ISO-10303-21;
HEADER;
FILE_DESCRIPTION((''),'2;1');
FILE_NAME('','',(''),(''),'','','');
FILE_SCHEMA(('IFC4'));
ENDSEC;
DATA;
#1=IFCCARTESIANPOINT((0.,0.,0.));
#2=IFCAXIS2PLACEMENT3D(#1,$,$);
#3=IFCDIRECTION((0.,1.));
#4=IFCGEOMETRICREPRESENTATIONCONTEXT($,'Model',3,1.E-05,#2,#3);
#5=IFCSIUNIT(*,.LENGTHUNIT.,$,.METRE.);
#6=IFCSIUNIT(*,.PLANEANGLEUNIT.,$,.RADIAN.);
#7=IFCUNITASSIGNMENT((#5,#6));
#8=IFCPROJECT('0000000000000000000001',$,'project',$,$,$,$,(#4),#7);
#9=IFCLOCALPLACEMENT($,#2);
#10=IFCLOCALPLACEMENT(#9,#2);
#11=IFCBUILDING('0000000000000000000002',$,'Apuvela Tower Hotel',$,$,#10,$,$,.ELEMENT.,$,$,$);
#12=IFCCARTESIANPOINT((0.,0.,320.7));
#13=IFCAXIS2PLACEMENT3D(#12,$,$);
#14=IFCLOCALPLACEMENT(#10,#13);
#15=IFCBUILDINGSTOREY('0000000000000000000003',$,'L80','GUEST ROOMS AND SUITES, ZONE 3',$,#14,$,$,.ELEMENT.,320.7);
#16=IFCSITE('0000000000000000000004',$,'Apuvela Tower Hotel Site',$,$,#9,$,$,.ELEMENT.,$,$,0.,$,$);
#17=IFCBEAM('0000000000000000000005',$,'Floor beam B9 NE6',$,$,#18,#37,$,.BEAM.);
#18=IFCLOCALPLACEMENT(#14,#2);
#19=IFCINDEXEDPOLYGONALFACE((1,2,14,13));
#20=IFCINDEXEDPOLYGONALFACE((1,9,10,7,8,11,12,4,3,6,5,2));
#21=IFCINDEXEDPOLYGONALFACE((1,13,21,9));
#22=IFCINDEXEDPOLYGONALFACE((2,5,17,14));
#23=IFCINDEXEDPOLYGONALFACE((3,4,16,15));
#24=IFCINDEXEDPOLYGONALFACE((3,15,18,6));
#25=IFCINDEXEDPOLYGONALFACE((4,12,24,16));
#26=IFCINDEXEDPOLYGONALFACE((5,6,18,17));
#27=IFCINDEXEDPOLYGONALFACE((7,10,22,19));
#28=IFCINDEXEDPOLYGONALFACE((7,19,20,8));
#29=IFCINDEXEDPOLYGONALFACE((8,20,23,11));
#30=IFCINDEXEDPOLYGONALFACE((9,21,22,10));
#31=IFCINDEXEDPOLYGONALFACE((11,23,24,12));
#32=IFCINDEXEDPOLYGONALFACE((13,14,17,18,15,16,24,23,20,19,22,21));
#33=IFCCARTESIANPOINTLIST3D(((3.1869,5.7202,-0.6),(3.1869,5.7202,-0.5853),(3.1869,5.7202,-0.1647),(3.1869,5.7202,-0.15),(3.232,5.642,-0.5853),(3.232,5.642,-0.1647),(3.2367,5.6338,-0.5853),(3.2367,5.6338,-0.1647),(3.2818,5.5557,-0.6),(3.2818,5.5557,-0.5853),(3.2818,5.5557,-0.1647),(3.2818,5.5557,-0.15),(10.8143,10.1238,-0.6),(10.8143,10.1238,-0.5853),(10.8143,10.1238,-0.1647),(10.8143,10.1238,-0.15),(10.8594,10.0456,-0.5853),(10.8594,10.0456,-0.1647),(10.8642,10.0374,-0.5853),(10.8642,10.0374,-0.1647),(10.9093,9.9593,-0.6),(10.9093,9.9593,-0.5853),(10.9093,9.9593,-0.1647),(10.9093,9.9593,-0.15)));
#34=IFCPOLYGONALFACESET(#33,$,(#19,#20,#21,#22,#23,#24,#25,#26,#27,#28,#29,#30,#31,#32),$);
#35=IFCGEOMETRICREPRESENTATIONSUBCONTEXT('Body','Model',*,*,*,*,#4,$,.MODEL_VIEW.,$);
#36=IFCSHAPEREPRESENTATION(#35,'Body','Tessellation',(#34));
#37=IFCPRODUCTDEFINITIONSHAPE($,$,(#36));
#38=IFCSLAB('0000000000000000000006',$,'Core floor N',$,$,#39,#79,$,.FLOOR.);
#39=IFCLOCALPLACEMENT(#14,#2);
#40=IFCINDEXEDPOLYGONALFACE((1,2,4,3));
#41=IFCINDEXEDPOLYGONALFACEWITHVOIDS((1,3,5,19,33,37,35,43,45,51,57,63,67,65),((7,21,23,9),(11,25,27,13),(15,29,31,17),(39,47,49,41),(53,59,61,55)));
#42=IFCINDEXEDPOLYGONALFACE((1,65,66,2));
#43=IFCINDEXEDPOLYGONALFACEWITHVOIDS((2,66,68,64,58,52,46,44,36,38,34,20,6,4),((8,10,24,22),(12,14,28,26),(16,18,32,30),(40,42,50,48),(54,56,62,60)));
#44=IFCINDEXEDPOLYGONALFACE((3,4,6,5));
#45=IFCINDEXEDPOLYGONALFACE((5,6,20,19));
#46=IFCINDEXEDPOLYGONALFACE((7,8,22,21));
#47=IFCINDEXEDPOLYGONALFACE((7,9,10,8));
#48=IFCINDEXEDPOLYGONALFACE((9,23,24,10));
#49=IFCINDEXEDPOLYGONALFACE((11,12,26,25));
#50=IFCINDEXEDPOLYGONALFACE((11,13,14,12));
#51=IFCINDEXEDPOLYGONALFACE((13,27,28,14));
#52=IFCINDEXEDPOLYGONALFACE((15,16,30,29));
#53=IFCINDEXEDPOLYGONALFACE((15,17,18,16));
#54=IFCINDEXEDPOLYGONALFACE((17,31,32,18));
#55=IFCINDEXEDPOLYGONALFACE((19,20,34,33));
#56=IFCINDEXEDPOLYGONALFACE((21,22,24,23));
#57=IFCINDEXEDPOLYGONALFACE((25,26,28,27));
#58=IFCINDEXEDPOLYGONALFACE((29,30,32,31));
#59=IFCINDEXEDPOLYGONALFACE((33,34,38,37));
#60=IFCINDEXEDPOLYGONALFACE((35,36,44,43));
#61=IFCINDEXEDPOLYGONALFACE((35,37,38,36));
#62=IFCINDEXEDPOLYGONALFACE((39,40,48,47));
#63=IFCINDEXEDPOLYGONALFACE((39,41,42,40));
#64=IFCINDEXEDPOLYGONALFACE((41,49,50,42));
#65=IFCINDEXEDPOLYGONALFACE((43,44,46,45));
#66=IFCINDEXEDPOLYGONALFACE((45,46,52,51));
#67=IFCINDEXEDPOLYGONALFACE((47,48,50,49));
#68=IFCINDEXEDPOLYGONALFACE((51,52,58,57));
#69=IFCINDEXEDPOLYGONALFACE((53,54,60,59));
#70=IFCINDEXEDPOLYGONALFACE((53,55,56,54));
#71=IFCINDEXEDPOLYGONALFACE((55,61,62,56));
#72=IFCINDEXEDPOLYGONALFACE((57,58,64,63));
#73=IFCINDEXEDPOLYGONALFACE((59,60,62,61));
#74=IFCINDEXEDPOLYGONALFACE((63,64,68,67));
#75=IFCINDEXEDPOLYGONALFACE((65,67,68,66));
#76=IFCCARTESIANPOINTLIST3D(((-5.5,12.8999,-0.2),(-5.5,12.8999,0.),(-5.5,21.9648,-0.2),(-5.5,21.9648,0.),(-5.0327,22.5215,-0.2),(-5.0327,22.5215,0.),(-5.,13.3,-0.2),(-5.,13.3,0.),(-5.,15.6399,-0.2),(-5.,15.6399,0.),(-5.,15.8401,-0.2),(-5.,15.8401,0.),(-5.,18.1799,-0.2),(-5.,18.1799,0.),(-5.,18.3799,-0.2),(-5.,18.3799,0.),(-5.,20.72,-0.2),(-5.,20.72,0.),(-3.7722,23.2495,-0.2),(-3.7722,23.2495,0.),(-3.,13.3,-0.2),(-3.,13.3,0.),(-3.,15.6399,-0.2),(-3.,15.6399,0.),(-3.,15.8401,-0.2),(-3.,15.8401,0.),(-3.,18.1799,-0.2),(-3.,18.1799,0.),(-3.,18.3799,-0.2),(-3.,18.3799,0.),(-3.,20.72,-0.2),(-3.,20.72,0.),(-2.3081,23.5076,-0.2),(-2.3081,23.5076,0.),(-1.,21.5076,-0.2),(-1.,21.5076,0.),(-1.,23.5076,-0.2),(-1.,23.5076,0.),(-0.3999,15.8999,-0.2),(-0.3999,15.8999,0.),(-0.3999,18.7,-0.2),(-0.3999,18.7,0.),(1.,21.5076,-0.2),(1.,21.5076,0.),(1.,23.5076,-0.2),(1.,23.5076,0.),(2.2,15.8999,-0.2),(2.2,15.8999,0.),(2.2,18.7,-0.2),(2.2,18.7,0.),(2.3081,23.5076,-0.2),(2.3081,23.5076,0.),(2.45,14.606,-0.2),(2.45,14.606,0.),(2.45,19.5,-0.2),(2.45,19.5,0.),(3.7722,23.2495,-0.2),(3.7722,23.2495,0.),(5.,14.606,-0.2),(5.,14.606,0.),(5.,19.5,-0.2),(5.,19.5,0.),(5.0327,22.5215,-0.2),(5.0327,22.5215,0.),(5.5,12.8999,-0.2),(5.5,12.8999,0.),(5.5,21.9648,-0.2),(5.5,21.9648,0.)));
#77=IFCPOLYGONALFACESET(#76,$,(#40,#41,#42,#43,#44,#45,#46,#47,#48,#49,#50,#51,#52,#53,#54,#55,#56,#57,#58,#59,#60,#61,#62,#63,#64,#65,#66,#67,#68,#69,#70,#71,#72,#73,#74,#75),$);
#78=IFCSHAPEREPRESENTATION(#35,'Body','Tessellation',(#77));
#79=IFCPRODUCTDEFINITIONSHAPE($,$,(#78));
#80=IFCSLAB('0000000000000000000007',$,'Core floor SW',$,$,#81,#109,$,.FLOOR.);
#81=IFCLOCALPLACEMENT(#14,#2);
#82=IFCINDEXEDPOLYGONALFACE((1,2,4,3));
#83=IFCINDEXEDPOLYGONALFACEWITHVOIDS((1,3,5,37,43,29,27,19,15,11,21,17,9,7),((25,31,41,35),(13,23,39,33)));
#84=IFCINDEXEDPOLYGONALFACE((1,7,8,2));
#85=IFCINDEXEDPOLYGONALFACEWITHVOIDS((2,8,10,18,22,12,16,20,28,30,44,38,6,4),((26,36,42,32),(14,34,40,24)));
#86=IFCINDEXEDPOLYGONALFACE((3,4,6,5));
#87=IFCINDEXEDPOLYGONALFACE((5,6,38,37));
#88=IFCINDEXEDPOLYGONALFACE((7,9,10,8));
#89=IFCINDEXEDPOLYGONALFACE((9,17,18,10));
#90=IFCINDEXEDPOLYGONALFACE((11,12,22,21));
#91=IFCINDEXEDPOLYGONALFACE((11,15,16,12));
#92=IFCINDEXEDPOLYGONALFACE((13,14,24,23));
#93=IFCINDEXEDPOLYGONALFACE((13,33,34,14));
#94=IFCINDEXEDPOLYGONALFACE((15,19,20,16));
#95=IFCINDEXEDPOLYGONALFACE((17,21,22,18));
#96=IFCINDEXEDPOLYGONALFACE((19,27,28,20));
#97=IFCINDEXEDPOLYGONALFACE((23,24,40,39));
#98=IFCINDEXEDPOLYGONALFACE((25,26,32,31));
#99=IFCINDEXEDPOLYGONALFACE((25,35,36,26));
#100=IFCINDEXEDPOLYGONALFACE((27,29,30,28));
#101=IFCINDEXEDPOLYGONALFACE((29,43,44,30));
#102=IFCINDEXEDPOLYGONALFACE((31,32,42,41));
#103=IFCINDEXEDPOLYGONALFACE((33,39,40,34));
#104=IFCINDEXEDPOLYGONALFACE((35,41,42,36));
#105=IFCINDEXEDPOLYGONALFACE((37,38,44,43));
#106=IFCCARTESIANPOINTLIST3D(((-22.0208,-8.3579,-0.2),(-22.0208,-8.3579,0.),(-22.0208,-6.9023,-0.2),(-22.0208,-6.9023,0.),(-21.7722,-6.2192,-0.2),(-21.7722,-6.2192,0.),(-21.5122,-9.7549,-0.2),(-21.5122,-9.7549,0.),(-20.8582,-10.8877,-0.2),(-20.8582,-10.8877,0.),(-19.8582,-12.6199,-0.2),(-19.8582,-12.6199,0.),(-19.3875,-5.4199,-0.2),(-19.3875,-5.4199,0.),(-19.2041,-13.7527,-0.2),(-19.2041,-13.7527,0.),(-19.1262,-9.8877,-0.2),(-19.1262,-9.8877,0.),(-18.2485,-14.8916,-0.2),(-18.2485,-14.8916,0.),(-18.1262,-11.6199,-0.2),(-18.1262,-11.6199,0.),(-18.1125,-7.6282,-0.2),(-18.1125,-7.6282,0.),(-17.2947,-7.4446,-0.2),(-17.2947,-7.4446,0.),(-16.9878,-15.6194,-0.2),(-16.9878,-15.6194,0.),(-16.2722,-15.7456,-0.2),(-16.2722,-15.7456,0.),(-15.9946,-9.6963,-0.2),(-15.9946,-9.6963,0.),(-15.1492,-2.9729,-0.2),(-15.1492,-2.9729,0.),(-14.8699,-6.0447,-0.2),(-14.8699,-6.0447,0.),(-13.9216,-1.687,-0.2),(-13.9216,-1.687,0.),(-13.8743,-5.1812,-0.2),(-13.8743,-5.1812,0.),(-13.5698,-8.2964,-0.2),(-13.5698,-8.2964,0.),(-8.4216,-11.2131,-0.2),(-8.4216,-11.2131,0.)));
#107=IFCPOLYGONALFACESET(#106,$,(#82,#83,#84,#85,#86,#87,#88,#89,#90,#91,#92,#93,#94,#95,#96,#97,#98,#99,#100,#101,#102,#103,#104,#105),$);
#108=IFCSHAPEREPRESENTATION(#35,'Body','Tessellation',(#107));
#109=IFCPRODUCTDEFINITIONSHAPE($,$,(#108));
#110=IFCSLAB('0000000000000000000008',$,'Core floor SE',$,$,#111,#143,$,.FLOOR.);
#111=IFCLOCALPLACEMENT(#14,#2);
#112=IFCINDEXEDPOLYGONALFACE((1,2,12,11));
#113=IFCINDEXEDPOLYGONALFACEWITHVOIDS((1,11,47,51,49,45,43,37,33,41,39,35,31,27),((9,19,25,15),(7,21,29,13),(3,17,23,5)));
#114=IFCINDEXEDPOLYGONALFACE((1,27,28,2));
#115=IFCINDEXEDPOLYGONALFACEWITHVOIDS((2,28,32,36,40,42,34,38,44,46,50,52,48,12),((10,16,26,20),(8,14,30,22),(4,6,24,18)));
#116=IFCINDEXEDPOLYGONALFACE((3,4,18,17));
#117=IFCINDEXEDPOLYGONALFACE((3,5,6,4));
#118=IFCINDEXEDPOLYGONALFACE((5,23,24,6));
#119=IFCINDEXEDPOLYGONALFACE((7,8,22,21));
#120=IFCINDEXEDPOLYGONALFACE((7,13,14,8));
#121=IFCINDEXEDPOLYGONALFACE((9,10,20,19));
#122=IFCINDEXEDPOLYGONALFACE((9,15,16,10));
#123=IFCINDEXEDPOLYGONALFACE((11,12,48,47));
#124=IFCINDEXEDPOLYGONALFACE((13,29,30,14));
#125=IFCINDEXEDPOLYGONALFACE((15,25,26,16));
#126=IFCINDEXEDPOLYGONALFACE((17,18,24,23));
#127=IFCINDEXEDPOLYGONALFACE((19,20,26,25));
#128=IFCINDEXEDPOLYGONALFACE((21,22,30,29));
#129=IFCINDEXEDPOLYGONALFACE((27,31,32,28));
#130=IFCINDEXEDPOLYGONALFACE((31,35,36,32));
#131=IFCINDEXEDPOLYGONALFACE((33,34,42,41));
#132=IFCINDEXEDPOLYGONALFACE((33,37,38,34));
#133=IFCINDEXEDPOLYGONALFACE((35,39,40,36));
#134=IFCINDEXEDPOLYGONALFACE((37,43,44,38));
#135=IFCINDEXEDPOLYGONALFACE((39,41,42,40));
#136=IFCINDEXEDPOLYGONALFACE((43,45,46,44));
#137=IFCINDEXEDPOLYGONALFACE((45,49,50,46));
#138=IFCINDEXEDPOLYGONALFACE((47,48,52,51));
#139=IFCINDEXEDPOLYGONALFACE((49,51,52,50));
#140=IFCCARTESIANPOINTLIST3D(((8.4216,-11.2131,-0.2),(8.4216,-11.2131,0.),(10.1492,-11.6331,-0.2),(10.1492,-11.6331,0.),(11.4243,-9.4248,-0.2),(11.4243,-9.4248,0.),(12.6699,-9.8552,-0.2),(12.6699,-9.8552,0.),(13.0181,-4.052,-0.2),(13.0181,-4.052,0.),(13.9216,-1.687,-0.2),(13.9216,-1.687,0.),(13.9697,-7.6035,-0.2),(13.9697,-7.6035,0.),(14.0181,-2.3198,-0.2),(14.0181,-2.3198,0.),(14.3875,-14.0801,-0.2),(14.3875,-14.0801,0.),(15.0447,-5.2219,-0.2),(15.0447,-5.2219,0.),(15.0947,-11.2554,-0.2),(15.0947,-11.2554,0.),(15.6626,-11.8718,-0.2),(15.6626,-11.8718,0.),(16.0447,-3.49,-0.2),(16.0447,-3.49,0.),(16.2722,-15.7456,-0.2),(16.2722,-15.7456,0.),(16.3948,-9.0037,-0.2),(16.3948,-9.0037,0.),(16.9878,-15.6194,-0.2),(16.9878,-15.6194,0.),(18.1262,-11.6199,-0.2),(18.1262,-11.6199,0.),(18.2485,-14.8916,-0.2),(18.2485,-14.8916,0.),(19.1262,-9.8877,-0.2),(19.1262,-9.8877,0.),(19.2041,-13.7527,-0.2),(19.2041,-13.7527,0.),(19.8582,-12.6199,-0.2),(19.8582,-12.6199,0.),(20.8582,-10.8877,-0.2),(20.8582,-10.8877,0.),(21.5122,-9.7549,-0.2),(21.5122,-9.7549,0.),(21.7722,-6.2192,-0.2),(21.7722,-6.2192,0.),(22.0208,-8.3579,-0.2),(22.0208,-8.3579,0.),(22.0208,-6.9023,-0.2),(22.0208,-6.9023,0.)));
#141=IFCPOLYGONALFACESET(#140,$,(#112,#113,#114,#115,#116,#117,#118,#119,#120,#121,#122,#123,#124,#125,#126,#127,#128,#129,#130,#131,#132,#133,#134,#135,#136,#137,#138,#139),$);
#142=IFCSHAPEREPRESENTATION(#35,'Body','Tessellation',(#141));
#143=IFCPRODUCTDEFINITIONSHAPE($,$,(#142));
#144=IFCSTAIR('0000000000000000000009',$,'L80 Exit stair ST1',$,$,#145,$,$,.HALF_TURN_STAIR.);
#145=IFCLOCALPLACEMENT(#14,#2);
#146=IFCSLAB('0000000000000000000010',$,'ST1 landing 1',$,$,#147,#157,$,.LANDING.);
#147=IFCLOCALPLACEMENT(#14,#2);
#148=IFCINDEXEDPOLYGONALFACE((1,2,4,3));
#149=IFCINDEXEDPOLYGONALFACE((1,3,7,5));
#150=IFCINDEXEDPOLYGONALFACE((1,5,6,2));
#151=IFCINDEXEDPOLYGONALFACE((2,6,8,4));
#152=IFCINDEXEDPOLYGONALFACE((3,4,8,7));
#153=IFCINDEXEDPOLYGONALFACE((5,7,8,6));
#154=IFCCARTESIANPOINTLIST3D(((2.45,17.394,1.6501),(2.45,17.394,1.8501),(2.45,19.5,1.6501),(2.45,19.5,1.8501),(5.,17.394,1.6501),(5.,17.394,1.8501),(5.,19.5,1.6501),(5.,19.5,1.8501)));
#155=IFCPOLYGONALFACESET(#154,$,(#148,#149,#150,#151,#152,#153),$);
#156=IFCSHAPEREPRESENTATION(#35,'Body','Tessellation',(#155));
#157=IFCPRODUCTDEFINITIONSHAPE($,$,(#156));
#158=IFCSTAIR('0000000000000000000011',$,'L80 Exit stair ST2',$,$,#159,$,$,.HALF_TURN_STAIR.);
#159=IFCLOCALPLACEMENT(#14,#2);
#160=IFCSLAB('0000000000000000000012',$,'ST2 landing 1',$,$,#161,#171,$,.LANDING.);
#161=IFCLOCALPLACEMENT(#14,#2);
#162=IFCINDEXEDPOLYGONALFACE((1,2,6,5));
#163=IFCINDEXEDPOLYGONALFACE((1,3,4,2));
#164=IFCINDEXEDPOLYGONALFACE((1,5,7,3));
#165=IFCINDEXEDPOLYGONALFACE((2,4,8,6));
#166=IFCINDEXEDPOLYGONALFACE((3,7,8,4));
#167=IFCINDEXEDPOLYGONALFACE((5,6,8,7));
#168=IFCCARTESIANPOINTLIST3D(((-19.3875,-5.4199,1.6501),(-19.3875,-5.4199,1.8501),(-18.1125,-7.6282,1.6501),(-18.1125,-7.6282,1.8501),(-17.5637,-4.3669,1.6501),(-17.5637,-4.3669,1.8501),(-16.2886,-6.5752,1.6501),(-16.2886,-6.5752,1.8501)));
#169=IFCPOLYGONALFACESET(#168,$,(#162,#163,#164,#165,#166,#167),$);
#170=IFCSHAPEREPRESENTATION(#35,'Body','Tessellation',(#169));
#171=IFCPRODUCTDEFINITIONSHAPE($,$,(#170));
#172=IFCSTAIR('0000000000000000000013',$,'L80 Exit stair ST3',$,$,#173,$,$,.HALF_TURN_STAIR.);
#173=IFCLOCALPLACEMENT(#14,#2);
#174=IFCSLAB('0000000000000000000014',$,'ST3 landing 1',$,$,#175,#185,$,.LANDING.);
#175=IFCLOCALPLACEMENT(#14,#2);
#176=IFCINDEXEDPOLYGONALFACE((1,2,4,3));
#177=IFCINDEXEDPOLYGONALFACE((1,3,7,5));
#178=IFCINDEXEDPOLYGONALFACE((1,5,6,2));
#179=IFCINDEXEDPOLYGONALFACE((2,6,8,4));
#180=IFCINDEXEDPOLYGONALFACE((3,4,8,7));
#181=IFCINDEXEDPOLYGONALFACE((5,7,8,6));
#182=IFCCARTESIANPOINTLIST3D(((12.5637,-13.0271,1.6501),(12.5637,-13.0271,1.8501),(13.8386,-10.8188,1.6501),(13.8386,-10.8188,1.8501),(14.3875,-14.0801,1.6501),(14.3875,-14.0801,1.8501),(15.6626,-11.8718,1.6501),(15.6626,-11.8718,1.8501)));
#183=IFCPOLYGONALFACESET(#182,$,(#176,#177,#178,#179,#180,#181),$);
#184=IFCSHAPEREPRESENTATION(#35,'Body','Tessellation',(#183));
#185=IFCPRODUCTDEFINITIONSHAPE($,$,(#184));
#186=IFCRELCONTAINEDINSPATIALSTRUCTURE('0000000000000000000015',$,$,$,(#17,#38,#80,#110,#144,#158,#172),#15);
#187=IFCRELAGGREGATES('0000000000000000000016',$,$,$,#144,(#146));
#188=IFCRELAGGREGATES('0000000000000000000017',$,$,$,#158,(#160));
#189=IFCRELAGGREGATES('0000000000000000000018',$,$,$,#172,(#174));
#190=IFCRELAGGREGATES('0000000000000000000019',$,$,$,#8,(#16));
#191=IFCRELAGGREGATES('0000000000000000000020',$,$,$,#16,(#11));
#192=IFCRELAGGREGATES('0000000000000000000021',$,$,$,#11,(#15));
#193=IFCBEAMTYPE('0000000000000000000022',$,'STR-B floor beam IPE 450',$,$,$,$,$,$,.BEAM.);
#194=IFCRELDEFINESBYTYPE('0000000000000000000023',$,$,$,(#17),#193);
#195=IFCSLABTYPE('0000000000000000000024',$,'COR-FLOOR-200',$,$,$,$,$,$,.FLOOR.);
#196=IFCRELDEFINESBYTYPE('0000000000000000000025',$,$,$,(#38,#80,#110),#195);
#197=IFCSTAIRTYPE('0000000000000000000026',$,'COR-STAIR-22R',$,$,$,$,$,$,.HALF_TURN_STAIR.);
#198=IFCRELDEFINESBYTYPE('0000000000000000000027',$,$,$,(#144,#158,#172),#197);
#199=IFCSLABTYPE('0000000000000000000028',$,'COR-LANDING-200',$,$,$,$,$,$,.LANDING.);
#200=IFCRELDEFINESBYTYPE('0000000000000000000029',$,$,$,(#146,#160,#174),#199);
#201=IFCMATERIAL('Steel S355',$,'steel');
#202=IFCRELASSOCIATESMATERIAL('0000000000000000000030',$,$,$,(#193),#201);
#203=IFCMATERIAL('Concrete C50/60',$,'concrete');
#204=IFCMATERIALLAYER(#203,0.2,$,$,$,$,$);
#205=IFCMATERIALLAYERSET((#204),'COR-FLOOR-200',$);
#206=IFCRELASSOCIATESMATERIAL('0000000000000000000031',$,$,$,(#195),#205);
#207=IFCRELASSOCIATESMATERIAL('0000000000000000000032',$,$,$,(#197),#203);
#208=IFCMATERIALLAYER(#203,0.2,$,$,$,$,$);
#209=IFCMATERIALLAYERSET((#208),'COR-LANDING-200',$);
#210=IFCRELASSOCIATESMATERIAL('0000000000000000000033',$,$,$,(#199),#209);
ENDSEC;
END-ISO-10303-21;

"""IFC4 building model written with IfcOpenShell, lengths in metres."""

from ifc_helpers import new_model, si_unit, direction, frame, origin, origin_2d, place, context, subcontext, project, spatial, polyline, i_section, outline, extrude, material, layer, layer_set, material_profile, profile_set, type_object, element, aggregate, save


model = new_model("IFC4")

# Units and contexts
model_context = context("Model", 3, precision=1e-05, world=origin(), true_north=direction((0.0, 1.0)))
body_context = subcontext(model_context, "Body", "Model", "MODEL_VIEW")
ifc_project = project(units=[si_unit("LENGTHUNIT", "METRE"), si_unit("PLANEANGLEUNIT", "RADIAN")], contexts=[model_context])

# Site, building, storey
site_placement = place(None, origin())
site = spatial("IfcSite", under=ifc_project, at=site_placement, Name="Apuvela Tower Hotel Site", CompositionType="ELEMENT", RefElevation=0.0)
building_placement = place(site_placement, origin())
building = spatial("IfcBuilding", under=site, at=building_placement, Name="Apuvela Tower Hotel", CompositionType="ELEMENT")
storey_placement = place(building_placement, frame((0.0, 0.0, 320.7)))
storey = spatial("IfcBuildingStorey", under=building, at=storey_placement, Name="L80", Description="GUEST ROOMS AND SUITES, ZONE 3", CompositionType="ELEMENT", Elevation=320.7)

# Beam
ifc_material_1 = material(Name="Steel S355", Category="steel")
ifc_material_profile = material_profile(ifc_material_1, i_section(OverallWidth=0.1899, OverallDepth=0.45, WebThickness=0.0095, FlangeThickness=0.0146, at=origin_2d()), Name="IPE 450")
ifc_profile_set = profile_set([ifc_material_profile], Name="Steel S355")
beam_type = type_object("IfcBeamType", Name="STR-B floor beam IPE 450", PredefinedType="BEAM", material=ifc_profile_set)
beam_placement = place(storey_placement, frame((10.8618, 10.0415, -0.375), z_axis=(-0.866032, -0.499988, 0.0), x_axis=(0.499988, -0.866032, 0.0)))
element("IfcBeam", 1, at=beam_placement, inside=storey, type_object=beam_type, Name="Floor beam B9 NE6", PredefinedType="BEAM", context=body_context, shape_type="SweptSolid", body=[
    extrude(i_section(OverallWidth=0.1899, OverallDepth=0.45, WebThickness=0.0095, FlangeThickness=0.0146, at=origin_2d()), origin(), (0.0, 0.0, 1.0), 8.8074),
])

# Slabs
ifc_material_2 = material(Name="Concrete C50/60", Category="concrete")
ifc_layer_1 = layer(ifc_material_2, 0.2)
ifc_layer_set_1 = layer_set([ifc_layer_1], Name="COR-FLOOR-200")
slab_type_1 = type_object("IfcSlabType", Name="COR-FLOOR-200", PredefinedType="FLOOR", material=ifc_layer_set_1)
slab_1_placement = place(storey_placement, frame((0.0, 0.0, -0.2)))
element("IfcSlab", 2, at=slab_1_placement, inside=storey, type_object=slab_type_1, Name="Core floor N", PredefinedType="FLOOR", context=body_context, shape_type="SweptSolid", body=[
    extrude(outline(polyline([(5.0327, 22.5215), (3.7722, 23.2495), (2.3081, 23.5076), (1.0, 23.5076), (1.0, 21.5076), (-1.0, 21.5076), (-1.0, 23.5076), (-2.3081, 23.5076), (-3.7722, 23.2495), (-5.0327, 22.5215), (-5.5, 21.9648), (-5.5, 12.8999), (5.5, 12.8999), (5.5, 21.9648), (5.0327, 22.5215)]), holes=[polyline([(-3.0, 13.3), (-5.0, 13.3), (-5.0, 15.6399), (-3.0, 15.6399), (-3.0, 13.3)]), polyline([(-3.0, 15.8401), (-5.0, 15.8401), (-5.0, 18.1799), (-3.0, 18.1799), (-3.0, 15.8401)]), polyline([(5.0, 14.606), (2.45, 14.606), (2.45, 19.5), (5.0, 19.5), (5.0, 14.606)]), polyline([(2.2, 18.7), (2.2, 15.8999), (-0.3999, 15.8999), (-0.3999, 18.7), (2.2, 18.7)]), polyline([(-3.0, 20.72), (-3.0, 18.3799), (-5.0, 18.3799), (-5.0, 20.72), (-3.0, 20.72)])]), origin(), (0.0, 0.0, 1.0), 0.2),
])
slab_2_placement = place(storey_placement, frame((0.0, 0.0, -0.2)))
element("IfcSlab", 3, at=slab_2_placement, inside=storey, type_object=slab_type_1, Name="Core floor SW", PredefinedType="FLOOR", context=body_context, shape_type="SweptSolid", body=[
    extrude(outline(polyline([(-22.0208, -6.9023), (-22.0208, -8.3579), (-21.5122, -9.7549), (-20.8582, -10.8877), (-19.1262, -9.8877), (-18.1262, -11.6199), (-19.8582, -12.6199), (-19.2041, -13.7527), (-18.2485, -14.8916), (-16.9878, -15.6194), (-16.2722, -15.7456), (-8.4216, -11.2131), (-13.9216, -1.687), (-21.7722, -6.2192), (-22.0208, -6.9023)]), holes=[polyline([(-13.8743, -5.1812), (-18.1125, -7.6282), (-19.3875, -5.4199), (-15.1492, -2.9729), (-13.8743, -5.1812)]), polyline([(-13.5698, -8.2964), (-15.9946, -9.6963), (-17.2947, -7.4446), (-14.8699, -6.0447), (-13.5698, -8.2964)])]), origin(), (0.0, 0.0, 1.0), 0.2),
])
slab_3_placement = place(storey_placement, frame((0.0, 0.0, -0.2)))
element("IfcSlab", 4, at=slab_3_placement, inside=storey, type_object=slab_type_1, Name="Core floor SE", PredefinedType="FLOOR", context=body_context, shape_type="SweptSolid", body=[
    extrude(outline(polyline([(16.9878, -15.6194), (18.2485, -14.8916), (19.2041, -13.7527), (19.8582, -12.6199), (18.1262, -11.6199), (19.1262, -9.8877), (20.8582, -10.8877), (21.5122, -9.7549), (22.0208, -8.3579), (22.0208, -6.9023), (21.7722, -6.2192), (13.9216, -1.687), (8.4216, -11.2131), (16.2722, -15.7456), (16.9878, -15.6194)]), holes=[polyline([(14.0181, -2.3198), (16.0447, -3.49), (15.0447, -5.2219), (13.0181, -4.052), (14.0181, -2.3198)]), polyline([(10.1492, -11.6331), (11.4243, -9.4248), (15.6626, -11.8718), (14.3875, -14.0801), (10.1492, -11.6331)]), polyline([(12.6699, -9.8552), (13.9697, -7.6035), (16.3948, -9.0037), (15.0947, -11.2554), (12.6699, -9.8552)])]), origin(), (0.0, 0.0, 1.0), 0.2),
])

# Stairs, slabs
stair_type = type_object("IfcStairType", Name="COR-STAIR-22R", PredefinedType="HALF_TURN_STAIR", material=ifc_material_2)
stair_1_placement = place(storey_placement, origin())
stair_1 = element("IfcStair", 5, at=stair_1_placement, inside=storey, type_object=stair_type, Name="L80 Exit stair ST1", PredefinedType="HALF_TURN_STAIR")
ifc_layer_2 = layer(ifc_material_2, 0.2)
ifc_layer_set_2 = layer_set([ifc_layer_2], Name="COR-LANDING-200")
slab_type_2 = type_object("IfcSlabType", Name="COR-LANDING-200", PredefinedType="LANDING", material=ifc_layer_set_2)
slab_4_placement = place(storey_placement, frame((0.0, 0.0, 1.6501)))
slab_4 = element("IfcSlab", 6, at=slab_4_placement, type_object=slab_type_2, Name="ST1 landing 1", PredefinedType="LANDING", context=body_context, shape_type="SweptSolid", body=[
    extrude(outline(polyline([(5.0, 17.394), (5.0, 19.5), (2.45, 19.5), (2.45, 17.394), (5.0, 17.394)])), origin(), (0.0, 0.0, 1.0), 0.2),
])
aggregate(stair_1, [slab_4])
stair_2_placement = place(storey_placement, origin())
stair_2 = element("IfcStair", 7, at=stair_2_placement, inside=storey, type_object=stair_type, Name="L80 Exit stair ST2", PredefinedType="HALF_TURN_STAIR")
slab_5_placement = place(storey_placement, frame((0.0, 0.0, 1.6501)))
slab_5 = element("IfcSlab", 8, at=slab_5_placement, type_object=slab_type_2, Name="ST2 landing 1", PredefinedType="LANDING", context=body_context, shape_type="SweptSolid", body=[
    extrude(outline(polyline([(-17.5637, -4.3669), (-19.3875, -5.4199), (-18.1125, -7.6282), (-16.2886, -6.5752), (-17.5637, -4.3669)])), origin(), (0.0, 0.0, 1.0), 0.2),
])
aggregate(stair_2, [slab_5])
stair_3_placement = place(storey_placement, origin())
stair_3 = element("IfcStair", 9, at=stair_3_placement, inside=storey, type_object=stair_type, Name="L80 Exit stair ST3", PredefinedType="HALF_TURN_STAIR")
slab_6_placement = place(storey_placement, frame((0.0, 0.0, 1.6501)))
slab_6 = element("IfcSlab", 10, at=slab_6_placement, type_object=slab_type_2, Name="ST3 landing 1", PredefinedType="LANDING", context=body_context, shape_type="SweptSolid", body=[
    extrude(outline(polyline([(12.5637, -13.0271), (14.3875, -14.0801), (15.6626, -11.8718), (13.8386, -10.8188), (12.5637, -13.0271)])), origin(), (0.0, 0.0, 1.0), 0.2),
])
aggregate(stair_3, [slab_6])

save(model, "model.ifc")
